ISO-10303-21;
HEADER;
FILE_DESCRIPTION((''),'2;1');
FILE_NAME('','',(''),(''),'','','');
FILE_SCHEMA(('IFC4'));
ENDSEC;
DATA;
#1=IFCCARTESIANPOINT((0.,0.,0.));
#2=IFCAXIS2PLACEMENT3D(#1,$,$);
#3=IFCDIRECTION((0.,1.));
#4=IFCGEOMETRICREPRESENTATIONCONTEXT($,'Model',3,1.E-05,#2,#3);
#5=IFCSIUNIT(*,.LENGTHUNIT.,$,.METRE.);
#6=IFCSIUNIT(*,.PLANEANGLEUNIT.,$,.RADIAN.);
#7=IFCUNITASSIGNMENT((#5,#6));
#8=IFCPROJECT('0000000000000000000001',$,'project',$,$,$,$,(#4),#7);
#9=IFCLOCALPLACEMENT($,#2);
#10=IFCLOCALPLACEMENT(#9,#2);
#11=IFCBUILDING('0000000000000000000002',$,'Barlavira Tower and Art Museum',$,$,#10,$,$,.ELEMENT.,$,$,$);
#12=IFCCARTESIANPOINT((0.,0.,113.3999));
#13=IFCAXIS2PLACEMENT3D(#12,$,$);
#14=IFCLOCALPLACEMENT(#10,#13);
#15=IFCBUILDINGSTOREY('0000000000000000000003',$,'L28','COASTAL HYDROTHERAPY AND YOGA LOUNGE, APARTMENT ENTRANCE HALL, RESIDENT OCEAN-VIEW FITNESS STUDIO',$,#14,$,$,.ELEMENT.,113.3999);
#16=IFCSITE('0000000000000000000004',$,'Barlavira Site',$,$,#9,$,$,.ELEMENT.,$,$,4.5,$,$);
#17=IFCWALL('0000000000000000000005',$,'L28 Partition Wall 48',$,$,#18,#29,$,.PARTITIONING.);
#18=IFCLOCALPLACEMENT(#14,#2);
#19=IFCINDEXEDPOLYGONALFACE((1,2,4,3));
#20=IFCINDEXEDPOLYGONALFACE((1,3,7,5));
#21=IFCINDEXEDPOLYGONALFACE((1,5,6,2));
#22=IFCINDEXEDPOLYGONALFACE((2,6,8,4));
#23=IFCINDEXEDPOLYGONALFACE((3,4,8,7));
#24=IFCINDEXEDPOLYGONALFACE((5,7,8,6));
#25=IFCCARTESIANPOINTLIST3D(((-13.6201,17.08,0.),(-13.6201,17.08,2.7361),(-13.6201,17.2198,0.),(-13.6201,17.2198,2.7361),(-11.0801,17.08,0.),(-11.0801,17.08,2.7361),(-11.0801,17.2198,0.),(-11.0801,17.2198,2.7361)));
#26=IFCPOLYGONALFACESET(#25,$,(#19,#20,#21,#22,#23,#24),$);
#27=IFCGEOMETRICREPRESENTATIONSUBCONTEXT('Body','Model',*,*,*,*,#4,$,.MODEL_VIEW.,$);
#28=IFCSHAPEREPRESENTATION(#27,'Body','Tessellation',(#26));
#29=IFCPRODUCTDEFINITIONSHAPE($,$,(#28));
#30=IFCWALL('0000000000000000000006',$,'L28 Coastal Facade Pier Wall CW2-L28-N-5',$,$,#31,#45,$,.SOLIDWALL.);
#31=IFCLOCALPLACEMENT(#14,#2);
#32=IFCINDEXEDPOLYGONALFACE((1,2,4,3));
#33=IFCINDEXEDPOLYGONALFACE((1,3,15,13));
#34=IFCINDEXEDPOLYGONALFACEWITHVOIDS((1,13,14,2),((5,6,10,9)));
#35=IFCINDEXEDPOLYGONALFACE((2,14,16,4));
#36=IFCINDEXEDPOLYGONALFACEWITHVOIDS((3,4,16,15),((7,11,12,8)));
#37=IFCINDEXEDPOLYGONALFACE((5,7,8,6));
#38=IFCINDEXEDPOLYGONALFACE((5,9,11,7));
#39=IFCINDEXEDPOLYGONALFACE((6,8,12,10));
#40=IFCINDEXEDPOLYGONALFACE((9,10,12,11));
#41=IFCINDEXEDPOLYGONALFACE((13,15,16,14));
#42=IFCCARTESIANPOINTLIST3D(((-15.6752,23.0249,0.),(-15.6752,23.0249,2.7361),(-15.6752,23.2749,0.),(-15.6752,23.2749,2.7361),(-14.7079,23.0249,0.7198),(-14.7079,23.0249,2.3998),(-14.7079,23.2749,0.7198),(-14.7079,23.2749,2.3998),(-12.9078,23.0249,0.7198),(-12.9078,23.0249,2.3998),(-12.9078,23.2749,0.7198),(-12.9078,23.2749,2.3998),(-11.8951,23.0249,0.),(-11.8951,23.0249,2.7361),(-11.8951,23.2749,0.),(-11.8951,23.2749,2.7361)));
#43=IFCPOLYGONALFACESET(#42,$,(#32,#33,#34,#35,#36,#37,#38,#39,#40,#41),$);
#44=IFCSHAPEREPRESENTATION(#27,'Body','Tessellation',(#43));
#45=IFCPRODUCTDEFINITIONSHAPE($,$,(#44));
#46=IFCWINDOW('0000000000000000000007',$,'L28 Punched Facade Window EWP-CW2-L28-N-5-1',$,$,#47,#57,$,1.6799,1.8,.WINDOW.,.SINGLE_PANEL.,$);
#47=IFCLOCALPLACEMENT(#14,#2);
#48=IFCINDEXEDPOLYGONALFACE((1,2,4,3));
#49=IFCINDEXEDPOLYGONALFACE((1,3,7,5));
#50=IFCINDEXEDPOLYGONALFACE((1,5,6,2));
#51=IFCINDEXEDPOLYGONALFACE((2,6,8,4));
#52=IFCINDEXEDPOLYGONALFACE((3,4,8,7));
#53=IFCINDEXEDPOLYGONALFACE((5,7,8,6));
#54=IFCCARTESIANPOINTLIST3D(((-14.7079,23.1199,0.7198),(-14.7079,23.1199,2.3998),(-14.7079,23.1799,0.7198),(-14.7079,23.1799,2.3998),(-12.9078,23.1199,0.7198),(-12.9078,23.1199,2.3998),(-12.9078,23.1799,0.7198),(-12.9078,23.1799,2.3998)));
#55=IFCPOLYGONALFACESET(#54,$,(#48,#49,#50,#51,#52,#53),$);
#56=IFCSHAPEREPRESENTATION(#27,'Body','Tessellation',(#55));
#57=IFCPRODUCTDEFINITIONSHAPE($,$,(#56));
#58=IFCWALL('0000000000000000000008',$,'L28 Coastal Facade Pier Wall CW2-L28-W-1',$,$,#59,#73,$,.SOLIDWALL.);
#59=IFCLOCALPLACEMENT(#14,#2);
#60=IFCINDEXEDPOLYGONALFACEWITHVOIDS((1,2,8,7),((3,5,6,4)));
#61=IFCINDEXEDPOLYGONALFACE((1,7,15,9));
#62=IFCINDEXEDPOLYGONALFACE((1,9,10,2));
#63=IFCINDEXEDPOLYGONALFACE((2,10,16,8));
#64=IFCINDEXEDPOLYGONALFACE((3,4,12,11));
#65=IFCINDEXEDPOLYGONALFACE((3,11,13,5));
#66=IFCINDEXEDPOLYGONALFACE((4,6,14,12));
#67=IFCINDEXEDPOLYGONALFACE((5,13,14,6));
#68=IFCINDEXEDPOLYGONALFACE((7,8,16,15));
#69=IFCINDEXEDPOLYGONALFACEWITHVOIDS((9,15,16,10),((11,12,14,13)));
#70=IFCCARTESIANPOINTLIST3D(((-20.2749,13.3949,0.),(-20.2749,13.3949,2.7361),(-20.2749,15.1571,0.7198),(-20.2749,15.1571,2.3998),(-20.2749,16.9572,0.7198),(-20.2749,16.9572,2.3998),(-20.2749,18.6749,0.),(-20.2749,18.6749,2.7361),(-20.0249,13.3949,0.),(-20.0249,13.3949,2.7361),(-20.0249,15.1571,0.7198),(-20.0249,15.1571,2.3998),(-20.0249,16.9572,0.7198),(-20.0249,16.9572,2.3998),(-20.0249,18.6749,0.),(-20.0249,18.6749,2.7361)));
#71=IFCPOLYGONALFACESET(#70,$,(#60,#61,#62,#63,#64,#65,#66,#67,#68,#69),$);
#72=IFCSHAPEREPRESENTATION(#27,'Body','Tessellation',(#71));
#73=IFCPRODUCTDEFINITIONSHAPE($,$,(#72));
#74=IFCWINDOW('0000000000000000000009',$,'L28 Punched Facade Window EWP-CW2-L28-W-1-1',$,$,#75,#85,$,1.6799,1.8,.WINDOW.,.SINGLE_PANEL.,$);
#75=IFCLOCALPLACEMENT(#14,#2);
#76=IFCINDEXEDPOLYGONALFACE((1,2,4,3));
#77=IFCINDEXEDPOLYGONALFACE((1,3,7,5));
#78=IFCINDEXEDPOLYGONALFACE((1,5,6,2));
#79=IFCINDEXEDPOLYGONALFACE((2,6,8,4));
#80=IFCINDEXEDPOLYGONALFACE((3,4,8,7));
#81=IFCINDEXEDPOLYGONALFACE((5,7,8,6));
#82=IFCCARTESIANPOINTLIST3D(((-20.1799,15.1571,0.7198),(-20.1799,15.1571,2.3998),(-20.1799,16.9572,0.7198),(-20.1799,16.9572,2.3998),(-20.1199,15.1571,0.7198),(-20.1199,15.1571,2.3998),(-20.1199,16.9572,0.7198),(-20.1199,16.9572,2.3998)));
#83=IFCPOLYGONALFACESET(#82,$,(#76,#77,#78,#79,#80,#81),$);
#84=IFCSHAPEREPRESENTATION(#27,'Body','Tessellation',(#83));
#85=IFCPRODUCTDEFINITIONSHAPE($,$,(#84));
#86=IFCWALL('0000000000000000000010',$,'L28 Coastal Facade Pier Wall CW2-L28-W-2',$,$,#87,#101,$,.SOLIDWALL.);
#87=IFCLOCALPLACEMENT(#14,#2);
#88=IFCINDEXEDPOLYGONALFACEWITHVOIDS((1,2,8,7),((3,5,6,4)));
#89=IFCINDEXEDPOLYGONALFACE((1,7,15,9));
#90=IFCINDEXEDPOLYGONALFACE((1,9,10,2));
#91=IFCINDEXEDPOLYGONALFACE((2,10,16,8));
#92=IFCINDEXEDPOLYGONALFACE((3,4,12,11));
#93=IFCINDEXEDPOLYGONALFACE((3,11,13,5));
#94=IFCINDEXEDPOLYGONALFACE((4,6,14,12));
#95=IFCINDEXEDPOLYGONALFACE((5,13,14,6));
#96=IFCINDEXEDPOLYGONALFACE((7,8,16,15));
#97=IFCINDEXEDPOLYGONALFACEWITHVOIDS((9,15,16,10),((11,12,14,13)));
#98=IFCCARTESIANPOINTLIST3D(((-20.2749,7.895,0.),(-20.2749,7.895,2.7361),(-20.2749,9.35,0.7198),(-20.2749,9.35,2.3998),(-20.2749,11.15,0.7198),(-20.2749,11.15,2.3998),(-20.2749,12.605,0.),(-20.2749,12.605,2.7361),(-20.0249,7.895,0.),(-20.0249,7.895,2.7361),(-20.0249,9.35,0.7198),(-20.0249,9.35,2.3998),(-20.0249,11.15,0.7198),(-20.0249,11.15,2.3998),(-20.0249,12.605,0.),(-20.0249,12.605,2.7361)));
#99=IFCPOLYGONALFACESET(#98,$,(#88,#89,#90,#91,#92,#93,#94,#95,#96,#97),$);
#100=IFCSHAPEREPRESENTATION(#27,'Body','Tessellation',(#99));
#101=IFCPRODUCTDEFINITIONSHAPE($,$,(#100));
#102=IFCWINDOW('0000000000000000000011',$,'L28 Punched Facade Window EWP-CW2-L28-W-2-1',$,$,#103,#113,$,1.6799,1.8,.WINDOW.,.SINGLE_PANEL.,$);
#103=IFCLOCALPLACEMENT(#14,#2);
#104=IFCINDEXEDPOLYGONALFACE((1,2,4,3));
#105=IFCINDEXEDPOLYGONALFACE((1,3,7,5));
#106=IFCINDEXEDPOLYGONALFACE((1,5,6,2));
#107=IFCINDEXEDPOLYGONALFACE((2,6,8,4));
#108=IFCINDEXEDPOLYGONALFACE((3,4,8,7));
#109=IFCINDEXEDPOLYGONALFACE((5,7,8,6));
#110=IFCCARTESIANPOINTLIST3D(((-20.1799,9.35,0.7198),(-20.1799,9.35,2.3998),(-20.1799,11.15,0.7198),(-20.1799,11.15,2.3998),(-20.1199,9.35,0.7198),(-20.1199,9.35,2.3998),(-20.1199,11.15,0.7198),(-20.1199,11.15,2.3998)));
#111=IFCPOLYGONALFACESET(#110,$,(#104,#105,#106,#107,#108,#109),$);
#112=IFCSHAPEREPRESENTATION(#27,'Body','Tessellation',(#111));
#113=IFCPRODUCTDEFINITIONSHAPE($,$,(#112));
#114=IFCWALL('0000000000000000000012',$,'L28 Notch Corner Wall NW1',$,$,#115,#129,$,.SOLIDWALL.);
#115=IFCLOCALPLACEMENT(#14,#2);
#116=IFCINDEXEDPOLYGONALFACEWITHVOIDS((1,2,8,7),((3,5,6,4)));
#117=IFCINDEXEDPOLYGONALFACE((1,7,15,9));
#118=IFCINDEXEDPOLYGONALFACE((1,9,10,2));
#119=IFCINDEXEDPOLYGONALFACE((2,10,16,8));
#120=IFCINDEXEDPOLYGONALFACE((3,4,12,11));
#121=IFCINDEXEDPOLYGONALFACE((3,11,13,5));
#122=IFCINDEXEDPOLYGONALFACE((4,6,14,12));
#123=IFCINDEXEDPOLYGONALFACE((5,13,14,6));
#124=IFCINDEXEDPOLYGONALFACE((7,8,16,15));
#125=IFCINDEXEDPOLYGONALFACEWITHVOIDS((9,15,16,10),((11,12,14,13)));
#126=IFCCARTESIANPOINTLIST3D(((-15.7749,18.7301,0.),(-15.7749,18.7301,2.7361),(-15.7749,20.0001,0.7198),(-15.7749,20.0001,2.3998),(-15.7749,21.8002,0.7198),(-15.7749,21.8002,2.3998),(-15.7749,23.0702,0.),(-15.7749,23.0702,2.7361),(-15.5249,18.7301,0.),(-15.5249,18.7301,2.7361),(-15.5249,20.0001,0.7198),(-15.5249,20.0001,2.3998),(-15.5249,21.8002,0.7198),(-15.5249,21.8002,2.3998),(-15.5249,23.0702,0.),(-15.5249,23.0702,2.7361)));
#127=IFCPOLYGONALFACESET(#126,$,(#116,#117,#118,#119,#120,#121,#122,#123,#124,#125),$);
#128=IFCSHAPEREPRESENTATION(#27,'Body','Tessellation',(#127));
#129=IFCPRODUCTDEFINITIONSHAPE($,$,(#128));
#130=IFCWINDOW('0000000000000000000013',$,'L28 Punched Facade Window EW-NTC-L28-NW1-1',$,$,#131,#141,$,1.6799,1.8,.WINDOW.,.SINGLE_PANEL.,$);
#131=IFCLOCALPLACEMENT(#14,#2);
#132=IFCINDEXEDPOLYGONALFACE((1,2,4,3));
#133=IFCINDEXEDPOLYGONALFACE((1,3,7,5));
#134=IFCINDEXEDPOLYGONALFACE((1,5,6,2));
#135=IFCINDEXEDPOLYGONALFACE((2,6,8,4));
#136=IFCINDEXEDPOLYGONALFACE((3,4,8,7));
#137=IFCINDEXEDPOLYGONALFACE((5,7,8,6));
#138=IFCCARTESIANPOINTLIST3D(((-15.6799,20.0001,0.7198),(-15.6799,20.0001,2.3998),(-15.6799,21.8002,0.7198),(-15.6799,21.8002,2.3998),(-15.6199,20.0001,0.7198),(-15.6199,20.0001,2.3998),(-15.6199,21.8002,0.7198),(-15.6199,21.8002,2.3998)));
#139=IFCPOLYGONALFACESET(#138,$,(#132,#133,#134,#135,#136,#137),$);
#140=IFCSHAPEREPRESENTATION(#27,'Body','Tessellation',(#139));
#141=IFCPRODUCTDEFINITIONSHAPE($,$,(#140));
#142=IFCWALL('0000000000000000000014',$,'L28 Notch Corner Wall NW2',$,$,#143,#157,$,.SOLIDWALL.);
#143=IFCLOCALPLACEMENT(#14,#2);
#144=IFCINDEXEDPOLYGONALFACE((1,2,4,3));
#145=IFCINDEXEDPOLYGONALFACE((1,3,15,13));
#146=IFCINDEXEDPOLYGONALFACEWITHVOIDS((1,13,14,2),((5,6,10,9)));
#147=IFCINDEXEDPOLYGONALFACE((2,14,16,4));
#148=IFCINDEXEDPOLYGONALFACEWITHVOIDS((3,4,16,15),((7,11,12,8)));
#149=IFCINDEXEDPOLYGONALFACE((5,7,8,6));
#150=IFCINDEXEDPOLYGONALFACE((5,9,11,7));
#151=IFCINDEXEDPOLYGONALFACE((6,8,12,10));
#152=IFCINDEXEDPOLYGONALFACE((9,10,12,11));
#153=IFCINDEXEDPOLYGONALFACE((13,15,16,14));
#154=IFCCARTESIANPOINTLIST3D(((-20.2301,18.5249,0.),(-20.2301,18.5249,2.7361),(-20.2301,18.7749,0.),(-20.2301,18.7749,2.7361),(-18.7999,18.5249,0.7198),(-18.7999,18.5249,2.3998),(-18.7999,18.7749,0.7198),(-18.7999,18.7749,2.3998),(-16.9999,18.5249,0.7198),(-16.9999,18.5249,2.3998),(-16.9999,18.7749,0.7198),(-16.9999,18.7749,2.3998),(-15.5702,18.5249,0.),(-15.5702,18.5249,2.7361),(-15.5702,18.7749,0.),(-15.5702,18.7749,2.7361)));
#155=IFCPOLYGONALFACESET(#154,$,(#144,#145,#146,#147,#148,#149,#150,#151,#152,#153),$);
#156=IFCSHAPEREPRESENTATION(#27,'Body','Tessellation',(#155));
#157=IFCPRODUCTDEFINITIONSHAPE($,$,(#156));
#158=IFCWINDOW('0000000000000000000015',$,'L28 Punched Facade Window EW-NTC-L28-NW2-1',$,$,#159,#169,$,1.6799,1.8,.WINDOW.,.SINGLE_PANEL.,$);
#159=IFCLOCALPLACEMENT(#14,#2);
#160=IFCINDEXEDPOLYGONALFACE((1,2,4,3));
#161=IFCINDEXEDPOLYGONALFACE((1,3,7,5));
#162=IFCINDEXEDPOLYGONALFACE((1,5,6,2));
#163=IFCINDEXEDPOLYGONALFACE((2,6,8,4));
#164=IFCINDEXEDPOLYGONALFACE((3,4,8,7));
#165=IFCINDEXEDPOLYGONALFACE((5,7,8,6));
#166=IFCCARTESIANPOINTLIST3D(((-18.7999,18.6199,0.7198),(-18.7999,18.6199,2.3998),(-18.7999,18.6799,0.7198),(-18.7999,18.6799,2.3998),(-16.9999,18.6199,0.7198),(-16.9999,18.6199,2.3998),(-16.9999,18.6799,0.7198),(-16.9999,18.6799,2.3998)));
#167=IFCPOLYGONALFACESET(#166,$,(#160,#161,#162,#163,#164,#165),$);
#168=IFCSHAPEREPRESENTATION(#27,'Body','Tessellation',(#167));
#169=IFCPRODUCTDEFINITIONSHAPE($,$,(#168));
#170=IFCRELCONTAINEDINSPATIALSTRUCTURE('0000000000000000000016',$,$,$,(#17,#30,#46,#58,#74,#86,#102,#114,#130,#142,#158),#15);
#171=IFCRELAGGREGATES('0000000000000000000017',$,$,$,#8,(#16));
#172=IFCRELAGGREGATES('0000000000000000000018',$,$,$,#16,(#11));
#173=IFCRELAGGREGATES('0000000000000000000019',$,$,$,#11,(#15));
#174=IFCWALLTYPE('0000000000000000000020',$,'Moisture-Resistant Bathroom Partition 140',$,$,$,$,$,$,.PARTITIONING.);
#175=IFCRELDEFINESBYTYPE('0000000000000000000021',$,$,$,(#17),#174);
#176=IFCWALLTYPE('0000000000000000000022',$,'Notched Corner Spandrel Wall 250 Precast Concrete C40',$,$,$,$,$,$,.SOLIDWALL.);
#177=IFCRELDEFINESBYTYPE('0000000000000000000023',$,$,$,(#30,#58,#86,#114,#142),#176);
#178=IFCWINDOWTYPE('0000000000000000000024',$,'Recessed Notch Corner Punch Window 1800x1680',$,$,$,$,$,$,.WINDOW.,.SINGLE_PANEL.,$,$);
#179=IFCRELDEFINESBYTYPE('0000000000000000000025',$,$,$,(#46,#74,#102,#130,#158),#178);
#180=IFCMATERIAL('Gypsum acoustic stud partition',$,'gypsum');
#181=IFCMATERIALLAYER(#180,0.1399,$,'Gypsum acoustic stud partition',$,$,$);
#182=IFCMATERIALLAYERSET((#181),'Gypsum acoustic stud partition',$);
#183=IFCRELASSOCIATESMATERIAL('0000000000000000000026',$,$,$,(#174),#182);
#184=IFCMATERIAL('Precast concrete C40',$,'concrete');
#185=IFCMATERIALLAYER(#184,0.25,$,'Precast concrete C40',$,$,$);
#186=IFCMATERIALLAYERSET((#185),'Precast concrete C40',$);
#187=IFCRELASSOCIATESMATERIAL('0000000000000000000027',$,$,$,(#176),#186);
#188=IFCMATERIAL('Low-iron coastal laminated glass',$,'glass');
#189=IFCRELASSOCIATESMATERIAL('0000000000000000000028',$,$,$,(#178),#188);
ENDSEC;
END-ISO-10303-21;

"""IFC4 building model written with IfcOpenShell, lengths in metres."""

from ifc_helpers import new_model, si_unit, direction, frame, frame_2d, origin, place, context, subcontext, project, spatial, rectangle, extrude, material, layer, layer_set, type_object, element, fill, save


model = new_model("IFC4")

# Units and contexts
model_context = context("Model", 3, precision=1e-05, world=origin(), true_north=direction((0.0, 1.0)))
body_context = subcontext(model_context, "Body", "Model", "MODEL_VIEW")
ifc_project = project(units=[si_unit("LENGTHUNIT", "METRE"), si_unit("PLANEANGLEUNIT", "RADIAN")], contexts=[model_context])

# Site, building, storey
site_placement = place(None, origin())
site = spatial("IfcSite", under=ifc_project, at=site_placement, Name="Barlavira Site", CompositionType="ELEMENT", RefElevation=4.5)
building_placement = place(site_placement, origin())
building = spatial("IfcBuilding", under=site, at=building_placement, Name="Barlavira Tower and Art Museum", CompositionType="ELEMENT")
storey_placement = place(building_placement, frame((0.0, 0.0, 113.3999)))
storey = spatial("IfcBuildingStorey", under=building, at=storey_placement, Name="L28", Description="COASTAL HYDROTHERAPY AND YOGA LOUNGE, APARTMENT ENTRANCE HALL, RESIDENT OCEAN-VIEW FITNESS STUDIO", CompositionType="ELEMENT", Elevation=113.3999)

# Wall
ifc_material_1 = material(Name="Gypsum acoustic stud partition", Category="gypsum")
ifc_layer_1 = layer(ifc_material_1, 0.1399, Name="Gypsum acoustic stud partition")
ifc_layer_set_1 = layer_set([ifc_layer_1], Name="Gypsum acoustic stud partition")
wall_type_1 = type_object("IfcWallType", Name="Moisture-Resistant Bathroom Partition 140", PredefinedType="PARTITIONING", material=ifc_layer_set_1)
wall_1_placement = place(storey_placement, frame((-13.6201, 17.1499, 0.0), z_axis=(0.0, 0.0, 1.0), x_axis=(1.0, 0.0, 0.0)))
element("IfcWall", 1, at=wall_1_placement, inside=storey, type_object=wall_type_1, Name="L28 Partition Wall 48", PredefinedType="PARTITIONING", context=body_context, shape_type="SweptSolid", body=[
    extrude(rectangle(XDim=2.54, YDim=0.1399, at=frame_2d((1.27, 0.0))), origin(), (0.0, 0.0, 1.0), 2.7361),
])

# Walls, openings, windows
ifc_material_2 = material(Name="Precast concrete C40", Category="concrete")
ifc_layer_2 = layer(ifc_material_2, 0.25, Name="Precast concrete C40")
ifc_layer_set_2 = layer_set([ifc_layer_2], Name="Precast concrete C40")
wall_type_2 = type_object("IfcWallType", Name="Notched Corner Spandrel Wall 250 Precast Concrete C40", PredefinedType="SOLIDWALL", material=ifc_layer_set_2)
wall_2_placement = place(storey_placement, frame((-11.895, 23.1499, 0.0), z_axis=(0.0, 0.0, 1.0), x_axis=(-1.0, 0.0, 0.0)))
wall_2 = element("IfcWall", 2, at=wall_2_placement, inside=storey, type_object=wall_type_2, Name="L28 Coastal Facade Pier Wall CW2-L28-N-5", PredefinedType="SOLIDWALL", context=body_context, shape_type="SweptSolid", body=[
    extrude(rectangle(XDim=3.78, YDim=0.25, at=frame_2d((1.8901, 0.0))), origin(), (0.0, 0.0, 1.0), 2.7361),
])
opening_1_placement = place(wall_2_placement, frame((1.0129, 0.0, 0.72)))
opening_1 = element("IfcOpeningElement", 3, at=opening_1_placement, cuts=wall_2, PredefinedType="OPENING", context=body_context, shape_type="SweptSolid", body=[
    extrude(rectangle(XDim=1.8, YDim=1.6799, at=frame_2d((0.8999, 0.8398))), frame((0.0, 0.135, 0.0), z_axis=(0.0, -1.0, 0.0), x_axis=(1.0, 0.0, 0.0)), (0.0, 0.0, 1.0), 0.27),
])
ifc_material_3 = material(Name="Low-iron coastal laminated glass", Category="glass")
window_type = type_object("IfcWindowType", Name="Recessed Notch Corner Punch Window 1800x1680", PartitioningType="SINGLE_PANEL", PredefinedType="WINDOW", material=ifc_material_3)
window_1_placement = place(opening_1_placement, origin())
window_1 = element("IfcWindow", 4, at=window_1_placement, inside=storey, type_object=window_type, Name="L28 Punched Facade Window EWP-CW2-L28-N-5-1", OverallHeight=1.6799, OverallWidth=1.8, PartitioningType="SINGLE_PANEL", PredefinedType="WINDOW", context=body_context, shape_type="SweptSolid", body=[
    extrude(rectangle(XDim=1.8, YDim=1.6799, at=frame_2d((0.8999, 0.8398))), frame((0.0, 0.03, 0.0), z_axis=(0.0, -1.0, 0.0), x_axis=(1.0, 0.0, 0.0)), (0.0, 0.0, 1.0), 0.0601),
])
fill(opening_1, window_1)
wall_3_placement = place(storey_placement, frame((-20.1499, 18.675, 0.0), z_axis=(0.0, 0.0, 1.0), x_axis=(0.0, -1.0, 0.0)))
wall_3 = element("IfcWall", 5, at=wall_3_placement, inside=storey, type_object=wall_type_2, Name="L28 Coastal Facade Pier Wall CW2-L28-W-1", PredefinedType="SOLIDWALL", context=body_context, shape_type="SweptSolid", body=[
    extrude(rectangle(XDim=5.28, YDim=0.25, at=frame_2d((2.6401, 0.0))), origin(), (0.0, 0.0, 1.0), 2.7361),
])
opening_2_placement = place(wall_3_placement, frame((1.718, 0.0, 0.72)))
opening_2 = element("IfcOpeningElement", 6, at=opening_2_placement, cuts=wall_3, PredefinedType="OPENING", context=body_context, shape_type="SweptSolid", body=[
    extrude(rectangle(XDim=1.8, YDim=1.6799, at=frame_2d((0.8999, 0.8398))), frame((0.0, 0.135, 0.0), z_axis=(0.0, -1.0, 0.0), x_axis=(1.0, 0.0, 0.0)), (0.0, 0.0, 1.0), 0.27),
])
window_2_placement = place(opening_2_placement, origin())
window_2 = element("IfcWindow", 7, at=window_2_placement, inside=storey, type_object=window_type, Name="L28 Punched Facade Window EWP-CW2-L28-W-1-1", OverallHeight=1.6799, OverallWidth=1.8, PartitioningType="SINGLE_PANEL", PredefinedType="WINDOW", context=body_context, shape_type="SweptSolid", body=[
    extrude(rectangle(XDim=1.8, YDim=1.6799, at=frame_2d((0.8999, 0.8398))), frame((0.0, 0.03, 0.0), z_axis=(0.0, -1.0, 0.0), x_axis=(1.0, 0.0, 0.0)), (0.0, 0.0, 1.0), 0.0601),
])
fill(opening_2, window_2)
wall_4_placement = place(storey_placement, frame((-20.1499, 12.605, 0.0), z_axis=(0.0, 0.0, 1.0), x_axis=(0.0, -1.0, 0.0)))
wall_4 = element("IfcWall", 8, at=wall_4_placement, inside=storey, type_object=wall_type_2, Name="L28 Coastal Facade Pier Wall CW2-L28-W-2", PredefinedType="SOLIDWALL", context=body_context, shape_type="SweptSolid", body=[
    extrude(rectangle(XDim=4.71, YDim=0.25, at=frame_2d((2.355, 0.0))), origin(), (0.0, 0.0, 1.0), 2.7361),
])
opening_3_placement = place(wall_4_placement, frame((1.4551, 0.0, 0.72)))
opening_3 = element("IfcOpeningElement", 9, at=opening_3_placement, cuts=wall_4, PredefinedType="OPENING", context=body_context, shape_type="SweptSolid", body=[
    extrude(rectangle(XDim=1.8, YDim=1.6799, at=frame_2d((0.8999, 0.8398))), frame((0.0, 0.135, 0.0), z_axis=(0.0, -1.0, 0.0), x_axis=(1.0, 0.0, 0.0)), (0.0, 0.0, 1.0), 0.27),
])
window_3_placement = place(opening_3_placement, origin())
window_3 = element("IfcWindow", 10, at=window_3_placement, inside=storey, type_object=window_type, Name="L28 Punched Facade Window EWP-CW2-L28-W-2-1", OverallHeight=1.6799, OverallWidth=1.8, PartitioningType="SINGLE_PANEL", PredefinedType="WINDOW", context=body_context, shape_type="SweptSolid", body=[
    extrude(rectangle(XDim=1.8, YDim=1.6799, at=frame_2d((0.8999, 0.8398))), frame((0.0, 0.03, 0.0), z_axis=(0.0, -1.0, 0.0), x_axis=(1.0, 0.0, 0.0)), (0.0, 0.0, 1.0), 0.0601),
])
fill(opening_3, window_3)
wall_5_placement = place(storey_placement, frame((-15.6499, 23.0701, 0.0), z_axis=(0.0, 0.0, 1.0), x_axis=(0.0, -1.0, 0.0)))
wall_5 = element("IfcWall", 11, at=wall_5_placement, inside=storey, type_object=wall_type_2, Name="L28 Notch Corner Wall NW1", PredefinedType="SOLIDWALL", context=body_context, shape_type="SweptSolid", body=[
    extrude(rectangle(XDim=4.3401, YDim=0.25, at=frame_2d((2.1699, 0.0))), origin(), (0.0, 0.0, 1.0), 2.7361),
])
opening_4_placement = place(wall_5_placement, frame((1.27, 0.0, 0.72)))
opening_4 = element("IfcOpeningElement", 12, at=opening_4_placement, cuts=wall_5, PredefinedType="OPENING", context=body_context, shape_type="SweptSolid", body=[
    extrude(rectangle(XDim=1.8, YDim=1.6799, at=frame_2d((0.8999, 0.8398))), frame((0.0, 0.135, 0.0), z_axis=(0.0, -1.0, 0.0), x_axis=(1.0, 0.0, 0.0)), (0.0, 0.0, 1.0), 0.27),
])
window_4_placement = place(opening_4_placement, origin())
window_4 = element("IfcWindow", 13, at=window_4_placement, inside=storey, type_object=window_type, Name="L28 Punched Facade Window EW-NTC-L28-NW1-1", OverallHeight=1.6799, OverallWidth=1.8, PartitioningType="SINGLE_PANEL", PredefinedType="WINDOW", context=body_context, shape_type="SweptSolid", body=[
    extrude(rectangle(XDim=1.8, YDim=1.6799, at=frame_2d((0.8999, 0.8398))), frame((0.0, 0.03, 0.0), z_axis=(0.0, -1.0, 0.0), x_axis=(1.0, 0.0, 0.0)), (0.0, 0.0, 1.0), 0.0601),
])
fill(opening_4, window_4)
wall_6_placement = place(storey_placement, frame((-15.5701, 18.6499, 0.0), z_axis=(0.0, 0.0, 1.0), x_axis=(-1.0, 0.0, 0.0)))
wall_6 = element("IfcWall", 14, at=wall_6_placement, inside=storey, type_object=wall_type_2, Name="L28 Notch Corner Wall NW2", PredefinedType="SOLIDWALL", context=body_context, shape_type="SweptSolid", body=[
    extrude(rectangle(XDim=4.6599, YDim=0.25, at=frame_2d((2.3301, 0.0))), origin(), (0.0, 0.0, 1.0), 2.7361),
])
opening_5_placement = place(wall_6_placement, frame((1.4299, 0.0, 0.72)))
opening_5 = element("IfcOpeningElement", 15, at=opening_5_placement, cuts=wall_6, PredefinedType="OPENING", context=body_context, shape_type="SweptSolid", body=[
    extrude(rectangle(XDim=1.8, YDim=1.6799, at=frame_2d((0.8999, 0.8398))), frame((0.0, 0.135, 0.0), z_axis=(0.0, -1.0, 0.0), x_axis=(1.0, 0.0, 0.0)), (0.0, 0.0, 1.0), 0.27),
])
window_5_placement = place(opening_5_placement, origin())
window_5 = element("IfcWindow", 16, at=window_5_placement, inside=storey, type_object=window_type, Name="L28 Punched Facade Window EW-NTC-L28-NW2-1", OverallHeight=1.6799, OverallWidth=1.8, PartitioningType="SINGLE_PANEL", PredefinedType="WINDOW", context=body_context, shape_type="SweptSolid", body=[
    extrude(rectangle(XDim=1.8, YDim=1.6799, at=frame_2d((0.8999, 0.8398))), frame((0.0, 0.03, 0.0), z_axis=(0.0, -1.0, 0.0), x_axis=(1.0, 0.0, 0.0)), (0.0, 0.0, 1.0), 0.0601),
])
fill(opening_5, window_5)

save(model, "model.ifc")
